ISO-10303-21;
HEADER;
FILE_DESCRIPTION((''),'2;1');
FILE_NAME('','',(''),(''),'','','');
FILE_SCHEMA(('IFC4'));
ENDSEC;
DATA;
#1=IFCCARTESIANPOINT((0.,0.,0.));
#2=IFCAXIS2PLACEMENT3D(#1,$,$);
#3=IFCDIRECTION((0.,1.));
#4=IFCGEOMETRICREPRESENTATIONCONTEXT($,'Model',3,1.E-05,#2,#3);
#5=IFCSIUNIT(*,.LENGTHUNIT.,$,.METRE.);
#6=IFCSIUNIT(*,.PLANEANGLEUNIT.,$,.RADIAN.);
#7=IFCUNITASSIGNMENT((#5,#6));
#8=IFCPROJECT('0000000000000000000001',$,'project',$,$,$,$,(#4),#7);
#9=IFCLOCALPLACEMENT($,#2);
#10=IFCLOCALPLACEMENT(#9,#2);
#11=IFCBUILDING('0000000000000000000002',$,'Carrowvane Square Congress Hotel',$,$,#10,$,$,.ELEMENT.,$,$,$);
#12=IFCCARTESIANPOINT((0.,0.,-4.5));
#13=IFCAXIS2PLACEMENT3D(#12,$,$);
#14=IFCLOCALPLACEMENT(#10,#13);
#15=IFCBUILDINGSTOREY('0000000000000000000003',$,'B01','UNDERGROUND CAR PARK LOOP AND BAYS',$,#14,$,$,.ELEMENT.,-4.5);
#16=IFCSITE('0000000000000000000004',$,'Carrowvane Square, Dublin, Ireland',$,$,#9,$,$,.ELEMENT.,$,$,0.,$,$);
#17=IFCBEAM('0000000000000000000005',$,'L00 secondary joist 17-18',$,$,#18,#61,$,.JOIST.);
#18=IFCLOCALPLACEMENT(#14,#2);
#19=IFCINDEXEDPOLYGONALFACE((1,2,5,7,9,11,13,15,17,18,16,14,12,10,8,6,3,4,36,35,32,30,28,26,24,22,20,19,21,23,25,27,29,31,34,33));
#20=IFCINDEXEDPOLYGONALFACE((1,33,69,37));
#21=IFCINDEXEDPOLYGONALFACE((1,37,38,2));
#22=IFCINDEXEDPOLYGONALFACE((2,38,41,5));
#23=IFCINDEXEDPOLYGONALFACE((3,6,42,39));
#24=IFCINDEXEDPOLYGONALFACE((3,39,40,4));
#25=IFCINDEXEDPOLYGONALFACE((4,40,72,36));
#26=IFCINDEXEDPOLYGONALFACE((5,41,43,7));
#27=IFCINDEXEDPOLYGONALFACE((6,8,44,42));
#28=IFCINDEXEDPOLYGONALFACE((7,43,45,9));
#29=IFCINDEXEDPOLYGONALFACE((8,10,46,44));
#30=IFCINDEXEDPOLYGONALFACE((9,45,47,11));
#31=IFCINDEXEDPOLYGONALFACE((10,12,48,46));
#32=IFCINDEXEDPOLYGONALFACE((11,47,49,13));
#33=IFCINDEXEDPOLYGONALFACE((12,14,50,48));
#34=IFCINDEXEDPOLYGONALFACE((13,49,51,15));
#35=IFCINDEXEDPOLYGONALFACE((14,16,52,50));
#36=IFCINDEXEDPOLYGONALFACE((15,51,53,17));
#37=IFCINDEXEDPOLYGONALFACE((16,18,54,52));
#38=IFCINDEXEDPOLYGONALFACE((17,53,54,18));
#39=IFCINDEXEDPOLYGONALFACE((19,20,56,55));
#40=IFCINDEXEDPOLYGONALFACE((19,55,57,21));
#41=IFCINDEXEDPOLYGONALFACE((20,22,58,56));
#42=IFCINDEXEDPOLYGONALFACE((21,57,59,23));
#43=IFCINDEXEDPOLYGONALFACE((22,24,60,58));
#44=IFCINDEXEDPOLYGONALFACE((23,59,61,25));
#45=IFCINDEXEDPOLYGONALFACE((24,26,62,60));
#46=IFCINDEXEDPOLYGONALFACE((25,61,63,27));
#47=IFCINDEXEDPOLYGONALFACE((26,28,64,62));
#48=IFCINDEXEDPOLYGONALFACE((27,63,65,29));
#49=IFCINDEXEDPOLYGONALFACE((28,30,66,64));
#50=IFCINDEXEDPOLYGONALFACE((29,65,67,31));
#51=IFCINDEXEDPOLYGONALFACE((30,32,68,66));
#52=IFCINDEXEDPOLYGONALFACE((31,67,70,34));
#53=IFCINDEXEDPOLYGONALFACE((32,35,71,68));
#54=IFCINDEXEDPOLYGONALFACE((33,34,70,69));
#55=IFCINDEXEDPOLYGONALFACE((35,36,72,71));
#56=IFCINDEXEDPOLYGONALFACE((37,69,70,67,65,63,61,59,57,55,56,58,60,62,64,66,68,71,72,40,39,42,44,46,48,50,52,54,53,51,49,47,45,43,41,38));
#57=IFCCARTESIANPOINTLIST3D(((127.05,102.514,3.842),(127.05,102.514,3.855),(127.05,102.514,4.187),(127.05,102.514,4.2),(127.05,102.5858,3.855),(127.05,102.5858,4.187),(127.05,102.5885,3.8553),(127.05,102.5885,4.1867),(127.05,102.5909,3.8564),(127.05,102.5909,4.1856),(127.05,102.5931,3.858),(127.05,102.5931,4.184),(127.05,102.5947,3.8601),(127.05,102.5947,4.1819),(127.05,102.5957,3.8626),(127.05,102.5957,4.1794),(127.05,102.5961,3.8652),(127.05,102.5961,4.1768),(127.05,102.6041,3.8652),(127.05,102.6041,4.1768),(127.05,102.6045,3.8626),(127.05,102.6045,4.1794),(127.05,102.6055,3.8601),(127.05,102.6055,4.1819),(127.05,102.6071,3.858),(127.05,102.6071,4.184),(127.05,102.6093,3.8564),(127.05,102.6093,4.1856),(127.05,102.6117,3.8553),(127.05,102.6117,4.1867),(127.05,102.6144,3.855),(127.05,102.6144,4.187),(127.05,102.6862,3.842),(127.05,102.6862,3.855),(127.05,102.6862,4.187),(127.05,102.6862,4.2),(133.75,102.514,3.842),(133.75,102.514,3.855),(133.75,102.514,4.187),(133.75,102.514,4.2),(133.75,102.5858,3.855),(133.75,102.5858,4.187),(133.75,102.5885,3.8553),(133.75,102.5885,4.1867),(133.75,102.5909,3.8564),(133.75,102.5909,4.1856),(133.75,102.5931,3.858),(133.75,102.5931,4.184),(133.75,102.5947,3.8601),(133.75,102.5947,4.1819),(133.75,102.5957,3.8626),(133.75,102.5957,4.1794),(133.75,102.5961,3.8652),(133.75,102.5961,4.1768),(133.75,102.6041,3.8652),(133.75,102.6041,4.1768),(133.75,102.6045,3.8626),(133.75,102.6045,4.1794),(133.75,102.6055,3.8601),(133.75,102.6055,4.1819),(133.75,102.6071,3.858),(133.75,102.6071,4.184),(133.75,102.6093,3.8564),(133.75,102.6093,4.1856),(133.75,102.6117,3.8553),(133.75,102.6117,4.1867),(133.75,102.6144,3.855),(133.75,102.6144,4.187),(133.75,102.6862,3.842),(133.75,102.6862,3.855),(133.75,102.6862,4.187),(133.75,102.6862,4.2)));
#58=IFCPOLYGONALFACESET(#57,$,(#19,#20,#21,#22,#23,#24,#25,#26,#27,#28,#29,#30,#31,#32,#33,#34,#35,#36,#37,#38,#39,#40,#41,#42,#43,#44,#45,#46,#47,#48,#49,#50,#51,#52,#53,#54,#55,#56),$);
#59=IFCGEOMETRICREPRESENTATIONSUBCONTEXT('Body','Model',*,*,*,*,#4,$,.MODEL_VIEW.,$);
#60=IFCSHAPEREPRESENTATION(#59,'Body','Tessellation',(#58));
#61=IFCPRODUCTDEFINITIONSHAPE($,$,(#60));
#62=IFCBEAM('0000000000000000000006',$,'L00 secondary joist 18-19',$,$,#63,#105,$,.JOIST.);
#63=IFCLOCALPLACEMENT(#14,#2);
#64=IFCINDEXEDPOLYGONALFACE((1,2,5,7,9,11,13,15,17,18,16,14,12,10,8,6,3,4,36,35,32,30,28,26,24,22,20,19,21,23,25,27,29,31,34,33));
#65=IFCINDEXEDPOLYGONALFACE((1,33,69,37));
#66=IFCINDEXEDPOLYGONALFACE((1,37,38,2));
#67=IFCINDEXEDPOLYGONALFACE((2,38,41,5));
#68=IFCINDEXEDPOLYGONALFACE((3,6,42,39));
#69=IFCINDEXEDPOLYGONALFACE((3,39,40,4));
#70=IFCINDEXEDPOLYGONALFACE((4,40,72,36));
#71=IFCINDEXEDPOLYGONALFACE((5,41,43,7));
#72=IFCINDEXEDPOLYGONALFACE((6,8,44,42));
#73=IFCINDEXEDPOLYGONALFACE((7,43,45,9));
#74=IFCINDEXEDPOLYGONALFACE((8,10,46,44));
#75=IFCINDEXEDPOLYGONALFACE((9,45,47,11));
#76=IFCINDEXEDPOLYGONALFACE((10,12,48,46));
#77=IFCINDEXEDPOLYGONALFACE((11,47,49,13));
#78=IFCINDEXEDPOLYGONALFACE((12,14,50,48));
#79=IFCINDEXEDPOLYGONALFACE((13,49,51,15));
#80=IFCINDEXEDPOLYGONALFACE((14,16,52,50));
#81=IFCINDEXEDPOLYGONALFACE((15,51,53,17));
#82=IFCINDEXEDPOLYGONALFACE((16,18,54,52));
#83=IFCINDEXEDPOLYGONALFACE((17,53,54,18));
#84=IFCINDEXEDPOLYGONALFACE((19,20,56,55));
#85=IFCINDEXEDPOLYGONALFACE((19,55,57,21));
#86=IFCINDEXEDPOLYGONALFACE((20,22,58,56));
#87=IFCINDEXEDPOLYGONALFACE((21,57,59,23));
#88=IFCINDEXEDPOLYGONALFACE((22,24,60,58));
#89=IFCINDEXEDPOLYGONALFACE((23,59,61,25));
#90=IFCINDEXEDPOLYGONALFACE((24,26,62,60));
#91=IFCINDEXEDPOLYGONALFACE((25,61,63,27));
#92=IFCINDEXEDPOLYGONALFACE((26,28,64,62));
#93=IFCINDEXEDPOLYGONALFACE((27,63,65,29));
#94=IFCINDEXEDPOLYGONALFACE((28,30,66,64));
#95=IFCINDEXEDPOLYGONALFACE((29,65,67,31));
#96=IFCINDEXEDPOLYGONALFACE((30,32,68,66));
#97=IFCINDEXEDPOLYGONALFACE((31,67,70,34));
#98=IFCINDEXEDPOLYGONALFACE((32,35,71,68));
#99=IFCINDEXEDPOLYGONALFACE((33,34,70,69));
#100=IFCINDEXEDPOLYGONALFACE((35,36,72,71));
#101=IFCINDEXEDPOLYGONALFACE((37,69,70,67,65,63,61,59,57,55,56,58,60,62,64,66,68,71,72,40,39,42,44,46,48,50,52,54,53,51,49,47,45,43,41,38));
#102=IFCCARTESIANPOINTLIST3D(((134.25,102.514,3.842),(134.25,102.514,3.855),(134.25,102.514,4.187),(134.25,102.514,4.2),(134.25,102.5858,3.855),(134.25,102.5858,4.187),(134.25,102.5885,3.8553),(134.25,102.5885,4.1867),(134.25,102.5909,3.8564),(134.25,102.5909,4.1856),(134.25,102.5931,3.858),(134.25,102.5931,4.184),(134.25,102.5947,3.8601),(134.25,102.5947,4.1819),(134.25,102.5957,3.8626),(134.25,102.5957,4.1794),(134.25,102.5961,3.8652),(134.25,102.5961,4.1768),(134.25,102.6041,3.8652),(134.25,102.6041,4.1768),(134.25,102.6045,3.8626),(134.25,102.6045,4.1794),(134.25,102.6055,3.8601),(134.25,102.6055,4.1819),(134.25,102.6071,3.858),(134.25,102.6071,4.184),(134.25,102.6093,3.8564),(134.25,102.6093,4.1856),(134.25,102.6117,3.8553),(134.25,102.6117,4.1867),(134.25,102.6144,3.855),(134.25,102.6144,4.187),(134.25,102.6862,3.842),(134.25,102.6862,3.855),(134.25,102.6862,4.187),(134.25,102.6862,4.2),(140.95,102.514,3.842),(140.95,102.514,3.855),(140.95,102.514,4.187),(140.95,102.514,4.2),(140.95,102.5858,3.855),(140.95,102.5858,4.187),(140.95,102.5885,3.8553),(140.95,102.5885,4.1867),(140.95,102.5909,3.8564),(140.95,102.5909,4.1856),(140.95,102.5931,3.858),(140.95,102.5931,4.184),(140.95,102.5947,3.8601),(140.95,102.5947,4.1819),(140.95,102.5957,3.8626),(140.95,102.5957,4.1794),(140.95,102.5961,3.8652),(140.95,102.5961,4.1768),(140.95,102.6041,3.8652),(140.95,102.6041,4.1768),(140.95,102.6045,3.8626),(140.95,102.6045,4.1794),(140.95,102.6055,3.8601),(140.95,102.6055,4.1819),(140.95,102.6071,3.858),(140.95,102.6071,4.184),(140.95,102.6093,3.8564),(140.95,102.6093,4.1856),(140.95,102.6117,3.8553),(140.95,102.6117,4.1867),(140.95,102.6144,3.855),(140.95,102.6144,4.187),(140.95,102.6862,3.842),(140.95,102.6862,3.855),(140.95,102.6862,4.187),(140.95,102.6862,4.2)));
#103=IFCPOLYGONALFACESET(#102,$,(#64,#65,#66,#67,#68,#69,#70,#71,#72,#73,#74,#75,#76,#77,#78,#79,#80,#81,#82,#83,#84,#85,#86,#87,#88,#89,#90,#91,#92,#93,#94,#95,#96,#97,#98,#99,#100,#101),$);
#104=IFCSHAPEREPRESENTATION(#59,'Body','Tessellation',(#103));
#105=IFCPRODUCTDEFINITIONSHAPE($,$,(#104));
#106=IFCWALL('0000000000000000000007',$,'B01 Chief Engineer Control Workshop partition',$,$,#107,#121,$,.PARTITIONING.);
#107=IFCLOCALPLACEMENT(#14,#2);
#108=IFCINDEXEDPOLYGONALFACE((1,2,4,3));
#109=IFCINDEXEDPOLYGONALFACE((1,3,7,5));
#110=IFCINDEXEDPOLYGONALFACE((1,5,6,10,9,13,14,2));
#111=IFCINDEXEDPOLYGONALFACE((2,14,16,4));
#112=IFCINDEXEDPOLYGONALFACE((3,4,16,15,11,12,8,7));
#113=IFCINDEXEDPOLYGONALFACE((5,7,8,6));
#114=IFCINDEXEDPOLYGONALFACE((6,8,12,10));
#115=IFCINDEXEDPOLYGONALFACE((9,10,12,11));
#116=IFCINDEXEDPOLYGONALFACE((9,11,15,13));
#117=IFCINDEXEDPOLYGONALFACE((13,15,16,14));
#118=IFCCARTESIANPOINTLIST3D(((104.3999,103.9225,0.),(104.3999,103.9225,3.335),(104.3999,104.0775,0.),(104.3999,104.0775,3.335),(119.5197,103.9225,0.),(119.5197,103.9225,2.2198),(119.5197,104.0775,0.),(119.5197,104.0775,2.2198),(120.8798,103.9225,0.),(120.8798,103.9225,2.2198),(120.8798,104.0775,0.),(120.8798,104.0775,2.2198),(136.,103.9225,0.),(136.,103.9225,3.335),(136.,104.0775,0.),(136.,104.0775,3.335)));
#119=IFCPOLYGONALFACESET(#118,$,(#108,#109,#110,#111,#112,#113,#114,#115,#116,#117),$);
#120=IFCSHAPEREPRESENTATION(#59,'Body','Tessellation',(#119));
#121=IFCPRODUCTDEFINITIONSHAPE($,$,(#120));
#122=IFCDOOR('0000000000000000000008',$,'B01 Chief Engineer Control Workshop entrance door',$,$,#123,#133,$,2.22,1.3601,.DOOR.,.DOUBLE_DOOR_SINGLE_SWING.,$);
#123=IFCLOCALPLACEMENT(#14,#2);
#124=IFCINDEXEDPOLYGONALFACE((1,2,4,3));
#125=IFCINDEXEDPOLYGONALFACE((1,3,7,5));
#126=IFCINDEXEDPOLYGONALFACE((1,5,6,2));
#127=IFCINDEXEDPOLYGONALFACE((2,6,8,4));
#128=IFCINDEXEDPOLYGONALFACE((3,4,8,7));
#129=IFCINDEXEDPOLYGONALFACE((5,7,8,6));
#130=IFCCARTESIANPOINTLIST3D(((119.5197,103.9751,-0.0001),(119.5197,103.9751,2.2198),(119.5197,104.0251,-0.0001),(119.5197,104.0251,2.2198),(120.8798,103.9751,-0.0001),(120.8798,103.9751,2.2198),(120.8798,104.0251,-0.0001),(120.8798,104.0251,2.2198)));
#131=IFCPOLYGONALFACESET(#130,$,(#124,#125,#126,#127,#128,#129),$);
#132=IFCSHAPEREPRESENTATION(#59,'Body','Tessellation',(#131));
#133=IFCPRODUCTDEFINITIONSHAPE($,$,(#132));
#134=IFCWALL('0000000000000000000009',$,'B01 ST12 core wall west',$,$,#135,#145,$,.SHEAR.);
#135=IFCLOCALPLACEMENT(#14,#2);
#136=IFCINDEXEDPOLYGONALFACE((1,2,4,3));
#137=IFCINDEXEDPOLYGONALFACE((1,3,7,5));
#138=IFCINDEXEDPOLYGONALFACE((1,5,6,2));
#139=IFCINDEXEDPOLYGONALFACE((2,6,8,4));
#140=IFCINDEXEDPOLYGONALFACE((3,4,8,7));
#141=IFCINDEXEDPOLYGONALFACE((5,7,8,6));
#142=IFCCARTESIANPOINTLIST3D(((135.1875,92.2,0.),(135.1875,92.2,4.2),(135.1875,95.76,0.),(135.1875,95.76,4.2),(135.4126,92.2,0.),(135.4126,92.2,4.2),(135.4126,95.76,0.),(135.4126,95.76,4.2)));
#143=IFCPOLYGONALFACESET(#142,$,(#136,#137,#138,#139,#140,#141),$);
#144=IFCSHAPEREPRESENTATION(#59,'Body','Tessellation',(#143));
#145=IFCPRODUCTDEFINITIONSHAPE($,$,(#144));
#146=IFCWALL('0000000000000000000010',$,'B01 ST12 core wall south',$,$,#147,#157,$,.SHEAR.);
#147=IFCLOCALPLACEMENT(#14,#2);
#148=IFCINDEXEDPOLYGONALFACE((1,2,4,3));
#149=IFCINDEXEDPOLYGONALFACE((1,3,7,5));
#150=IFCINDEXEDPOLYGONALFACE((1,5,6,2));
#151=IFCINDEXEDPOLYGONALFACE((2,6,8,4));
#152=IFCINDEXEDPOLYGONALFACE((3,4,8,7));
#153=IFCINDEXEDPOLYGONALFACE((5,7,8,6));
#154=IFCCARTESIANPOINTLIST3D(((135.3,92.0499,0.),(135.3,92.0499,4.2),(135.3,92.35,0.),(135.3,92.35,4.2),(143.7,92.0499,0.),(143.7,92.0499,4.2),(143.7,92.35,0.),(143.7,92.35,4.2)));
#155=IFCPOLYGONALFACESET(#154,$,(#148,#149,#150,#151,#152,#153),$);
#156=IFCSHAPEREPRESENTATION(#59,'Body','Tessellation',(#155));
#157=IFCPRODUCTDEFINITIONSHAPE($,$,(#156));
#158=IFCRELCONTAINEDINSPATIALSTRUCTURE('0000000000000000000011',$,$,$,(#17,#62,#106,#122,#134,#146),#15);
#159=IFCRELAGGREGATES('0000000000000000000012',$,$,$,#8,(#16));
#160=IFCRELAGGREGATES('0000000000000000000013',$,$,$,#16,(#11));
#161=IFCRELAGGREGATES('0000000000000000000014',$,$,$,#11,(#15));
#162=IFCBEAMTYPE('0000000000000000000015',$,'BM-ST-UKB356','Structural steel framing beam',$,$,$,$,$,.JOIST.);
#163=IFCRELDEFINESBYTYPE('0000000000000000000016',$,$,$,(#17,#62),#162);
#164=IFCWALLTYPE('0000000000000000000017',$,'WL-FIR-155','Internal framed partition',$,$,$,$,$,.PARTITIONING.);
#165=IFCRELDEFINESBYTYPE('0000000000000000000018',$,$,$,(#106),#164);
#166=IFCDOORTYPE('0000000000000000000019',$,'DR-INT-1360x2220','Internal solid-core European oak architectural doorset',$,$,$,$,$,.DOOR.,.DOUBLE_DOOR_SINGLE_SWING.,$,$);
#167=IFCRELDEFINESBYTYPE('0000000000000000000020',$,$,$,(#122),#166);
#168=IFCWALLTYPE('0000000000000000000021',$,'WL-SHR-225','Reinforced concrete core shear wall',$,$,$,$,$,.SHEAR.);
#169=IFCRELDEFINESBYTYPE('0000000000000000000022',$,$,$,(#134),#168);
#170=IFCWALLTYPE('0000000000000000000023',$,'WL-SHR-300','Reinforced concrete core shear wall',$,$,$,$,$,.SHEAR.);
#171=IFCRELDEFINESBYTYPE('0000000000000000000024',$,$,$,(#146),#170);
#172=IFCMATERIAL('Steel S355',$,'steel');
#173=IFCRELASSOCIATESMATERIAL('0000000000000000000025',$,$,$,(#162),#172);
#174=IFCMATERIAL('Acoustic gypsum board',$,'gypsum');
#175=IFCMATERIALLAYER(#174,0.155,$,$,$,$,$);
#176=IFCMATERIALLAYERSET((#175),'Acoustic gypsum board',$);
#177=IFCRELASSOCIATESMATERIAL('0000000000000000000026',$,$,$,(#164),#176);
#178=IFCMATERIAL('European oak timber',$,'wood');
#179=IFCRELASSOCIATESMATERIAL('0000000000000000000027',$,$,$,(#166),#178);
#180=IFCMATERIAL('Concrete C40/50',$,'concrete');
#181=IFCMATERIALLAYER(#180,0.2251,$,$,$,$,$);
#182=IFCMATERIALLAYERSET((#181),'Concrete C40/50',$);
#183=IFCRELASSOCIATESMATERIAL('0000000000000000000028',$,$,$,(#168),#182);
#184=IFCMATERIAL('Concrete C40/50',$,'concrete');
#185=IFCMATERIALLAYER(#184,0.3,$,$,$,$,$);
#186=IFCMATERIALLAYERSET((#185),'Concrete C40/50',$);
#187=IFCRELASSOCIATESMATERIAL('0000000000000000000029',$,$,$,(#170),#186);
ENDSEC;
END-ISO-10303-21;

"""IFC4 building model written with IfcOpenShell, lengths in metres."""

from ifc_helpers import new_model, si_unit, direction, frame, frame_2d, origin, origin_2d, place, context, subcontext, project, spatial, rectangle, i_section, extrude, material, layer, layer_set, material_profile, profile_set, type_object, element, fill, save


model = new_model("IFC4")

# Units and contexts
model_context = context("Model", 3, precision=1e-05, world=origin(), true_north=direction((0.0, 1.0)))
body_context = subcontext(model_context, "Body", "Model", "MODEL_VIEW")
ifc_project = project(units=[si_unit("LENGTHUNIT", "METRE"), si_unit("PLANEANGLEUNIT", "RADIAN")], contexts=[model_context])

# Site, building, storey
site_placement = place(None, origin())
site = spatial("IfcSite", under=ifc_project, at=site_placement, Name="Carrowvane Square, Dublin, Ireland", CompositionType="ELEMENT", RefElevation=0.0)
building_placement = place(site_placement, origin())
building = spatial("IfcBuilding", under=site, at=building_placement, Name="Carrowvane Square Congress Hotel", CompositionType="ELEMENT")
storey_placement = place(building_placement, frame((0.0, 0.0, -4.5)))
storey = spatial("IfcBuildingStorey", under=building, at=storey_placement, Name="B01", Description="UNDERGROUND CAR PARK LOOP AND BAYS", CompositionType="ELEMENT", Elevation=-4.5)

# Beams
ifc_material_1 = material(Name="Steel S355", Category="steel")
ifc_material_profile_1 = material_profile(ifc_material_1, i_section(OverallWidth=0.1721, OverallDepth=0.3579, WebThickness=0.0081, FlangeThickness=0.0129, FilletRadius=0.0103, at=origin_2d()), Name="UKB 356x171x57")
ifc_profile_set_1 = profile_set([ifc_material_profile_1], Name="Steel S355")
beam_type_1 = type_object("IfcBeamType", Name="BM-ST-UKB356", Description="Structural steel framing beam", PredefinedType="JOIST", material=ifc_profile_set_1)
for number, where, z_axis, x_axis, name in (
    (1, (127.05, 102.6001, 4.021), (1.0, 0.0, 0.0), (0.0, 1.0, 0.0), "L00 secondary joist 17-18"),
    (2, (134.25, 102.6001, 4.021), (1.0, 0.0, 0.0), (0.0, 1.0, 0.0), "L00 secondary joist 18-19"),
):
    element("IfcBeam", number, at=place(storey_placement, frame(where, z_axis=z_axis, x_axis=x_axis)), inside=storey, type_object=beam_type_1, Name=name, PredefinedType="JOIST", context=body_context, shape_type="SweptSolid", body=[
        extrude(i_section(OverallWidth=0.1721, OverallDepth=0.3579, WebThickness=0.0081, FlangeThickness=0.0129, FilletRadius=0.0103, at=origin_2d()), origin(), (0.0, 0.0, 1.0), 6.7),
    ])

# Wall, opening, door
ifc_material_2 = material(Name="Acoustic gypsum board", Category="gypsum")
ifc_layer_1 = layer(ifc_material_2, 0.155)
ifc_layer_set_1 = layer_set([ifc_layer_1], Name="Acoustic gypsum board")
wall_type_1 = type_object("IfcWallType", Name="WL-FIR-155", Description="Internal framed partition", PredefinedType="PARTITIONING", material=ifc_layer_set_1)
wall_1_placement = place(storey_placement, frame((136.0, 104.0, 0.0), z_axis=(0.0, 0.0, 1.0), x_axis=(-1.0, 0.0, 0.0)))
wall_1 = element("IfcWall", 3, at=wall_1_placement, inside=storey, type_object=wall_type_1, Name="B01 Chief Engineer Control Workshop partition", PredefinedType="PARTITIONING", context=body_context, shape_type="SweptSolid", body=[
    extrude(rectangle(XDim=31.6001, YDim=0.155, at=frame_2d((15.8, 0.0))), origin(), (0.0, 0.0, 1.0), 3.335),
])
opening_placement = place(wall_1_placement, frame((15.1201, 0.0, 0.0)))
opening = element("IfcOpeningElement", 4, at=opening_placement, cuts=wall_1, PredefinedType="OPENING", context=body_context, shape_type="SweptSolid", body=[
    extrude(rectangle(XDim=1.3601, YDim=2.22, at=frame_2d((0.6802, 1.1099))), frame((0.0, 0.0874, 0.0), z_axis=(0.0, -1.0, 0.0), x_axis=(1.0, 0.0, 0.0)), (0.0, 0.0, 1.0), 0.175),
])
ifc_material_3 = material(Name="European oak timber", Category="wood")
door_type = type_object("IfcDoorType", Name="DR-INT-1360x2220", Description="Internal solid-core European oak architectural doorset", OperationType="DOUBLE_DOOR_SINGLE_SWING", PredefinedType="DOOR", material=ifc_material_3)
door_placement = place(opening_placement, origin())
door = element("IfcDoor", 5, at=door_placement, inside=storey, type_object=door_type, Name="B01 Chief Engineer Control Workshop entrance door", OperationType="DOUBLE_DOOR_SINGLE_SWING", OverallHeight=2.22, OverallWidth=1.3601, PredefinedType="DOOR", context=body_context, shape_type="SweptSolid", body=[
    extrude(rectangle(XDim=1.3601, YDim=2.22, at=frame_2d((0.6802, 1.1099))), frame((0.0, 0.0249, 0.0), z_axis=(0.0, -1.0, 0.0), x_axis=(1.0, 0.0, 0.0)), (0.0, 0.0, 1.0), 0.05),
])
fill(opening, door)

# Walls
ifc_material_4 = material(Name="Concrete C40/50", Category="concrete")
ifc_layer_2 = layer(ifc_material_4, 0.2251)
ifc_layer_set_2 = layer_set([ifc_layer_2], Name="Concrete C40/50")
wall_type_2 = type_object("IfcWallType", Name="WL-SHR-225", Description="Reinforced concrete core shear wall", PredefinedType="SHEAR", material=ifc_layer_set_2)
wall_2_placement = place(storey_placement, frame((135.3, 95.76, 0.0), z_axis=(0.0, 0.0, 1.0), x_axis=(0.0, -1.0, 0.0)))
element("IfcWall", 6, at=wall_2_placement, inside=storey, type_object=wall_type_2, Name="B01 ST12 core wall west", PredefinedType="SHEAR", context=body_context, shape_type="SweptSolid", body=[
    extrude(rectangle(XDim=3.5601, YDim=0.2251, at=frame_2d((1.78, 0.0))), origin(), (0.0, 0.0, 1.0), 4.2),
])
ifc_material_5 = material(Name="Concrete C40/50", Category="concrete")
ifc_layer_3 = layer(ifc_material_5, 0.3)
ifc_layer_set_3 = layer_set([ifc_layer_3], Name="Concrete C40/50")
wall_type_3 = type_object("IfcWallType", Name="WL-SHR-300", Description="Reinforced concrete core shear wall", PredefinedType="SHEAR", material=ifc_layer_set_3)
wall_3_placement = place(storey_placement, frame((135.3, 92.2, 0.0), z_axis=(0.0, 0.0, 1.0), x_axis=(1.0, 0.0, 0.0)))
element("IfcWall", 7, at=wall_3_placement, inside=storey, type_object=wall_type_3, Name="B01 ST12 core wall south", PredefinedType="SHEAR", context=body_context, shape_type="SweptSolid", body=[
    extrude(rectangle(XDim=8.3999, YDim=0.3, at=frame_2d((4.2, 0.0))), origin(), (0.0, 0.0, 1.0), 4.2),
])

save(model, "model.ifc")
